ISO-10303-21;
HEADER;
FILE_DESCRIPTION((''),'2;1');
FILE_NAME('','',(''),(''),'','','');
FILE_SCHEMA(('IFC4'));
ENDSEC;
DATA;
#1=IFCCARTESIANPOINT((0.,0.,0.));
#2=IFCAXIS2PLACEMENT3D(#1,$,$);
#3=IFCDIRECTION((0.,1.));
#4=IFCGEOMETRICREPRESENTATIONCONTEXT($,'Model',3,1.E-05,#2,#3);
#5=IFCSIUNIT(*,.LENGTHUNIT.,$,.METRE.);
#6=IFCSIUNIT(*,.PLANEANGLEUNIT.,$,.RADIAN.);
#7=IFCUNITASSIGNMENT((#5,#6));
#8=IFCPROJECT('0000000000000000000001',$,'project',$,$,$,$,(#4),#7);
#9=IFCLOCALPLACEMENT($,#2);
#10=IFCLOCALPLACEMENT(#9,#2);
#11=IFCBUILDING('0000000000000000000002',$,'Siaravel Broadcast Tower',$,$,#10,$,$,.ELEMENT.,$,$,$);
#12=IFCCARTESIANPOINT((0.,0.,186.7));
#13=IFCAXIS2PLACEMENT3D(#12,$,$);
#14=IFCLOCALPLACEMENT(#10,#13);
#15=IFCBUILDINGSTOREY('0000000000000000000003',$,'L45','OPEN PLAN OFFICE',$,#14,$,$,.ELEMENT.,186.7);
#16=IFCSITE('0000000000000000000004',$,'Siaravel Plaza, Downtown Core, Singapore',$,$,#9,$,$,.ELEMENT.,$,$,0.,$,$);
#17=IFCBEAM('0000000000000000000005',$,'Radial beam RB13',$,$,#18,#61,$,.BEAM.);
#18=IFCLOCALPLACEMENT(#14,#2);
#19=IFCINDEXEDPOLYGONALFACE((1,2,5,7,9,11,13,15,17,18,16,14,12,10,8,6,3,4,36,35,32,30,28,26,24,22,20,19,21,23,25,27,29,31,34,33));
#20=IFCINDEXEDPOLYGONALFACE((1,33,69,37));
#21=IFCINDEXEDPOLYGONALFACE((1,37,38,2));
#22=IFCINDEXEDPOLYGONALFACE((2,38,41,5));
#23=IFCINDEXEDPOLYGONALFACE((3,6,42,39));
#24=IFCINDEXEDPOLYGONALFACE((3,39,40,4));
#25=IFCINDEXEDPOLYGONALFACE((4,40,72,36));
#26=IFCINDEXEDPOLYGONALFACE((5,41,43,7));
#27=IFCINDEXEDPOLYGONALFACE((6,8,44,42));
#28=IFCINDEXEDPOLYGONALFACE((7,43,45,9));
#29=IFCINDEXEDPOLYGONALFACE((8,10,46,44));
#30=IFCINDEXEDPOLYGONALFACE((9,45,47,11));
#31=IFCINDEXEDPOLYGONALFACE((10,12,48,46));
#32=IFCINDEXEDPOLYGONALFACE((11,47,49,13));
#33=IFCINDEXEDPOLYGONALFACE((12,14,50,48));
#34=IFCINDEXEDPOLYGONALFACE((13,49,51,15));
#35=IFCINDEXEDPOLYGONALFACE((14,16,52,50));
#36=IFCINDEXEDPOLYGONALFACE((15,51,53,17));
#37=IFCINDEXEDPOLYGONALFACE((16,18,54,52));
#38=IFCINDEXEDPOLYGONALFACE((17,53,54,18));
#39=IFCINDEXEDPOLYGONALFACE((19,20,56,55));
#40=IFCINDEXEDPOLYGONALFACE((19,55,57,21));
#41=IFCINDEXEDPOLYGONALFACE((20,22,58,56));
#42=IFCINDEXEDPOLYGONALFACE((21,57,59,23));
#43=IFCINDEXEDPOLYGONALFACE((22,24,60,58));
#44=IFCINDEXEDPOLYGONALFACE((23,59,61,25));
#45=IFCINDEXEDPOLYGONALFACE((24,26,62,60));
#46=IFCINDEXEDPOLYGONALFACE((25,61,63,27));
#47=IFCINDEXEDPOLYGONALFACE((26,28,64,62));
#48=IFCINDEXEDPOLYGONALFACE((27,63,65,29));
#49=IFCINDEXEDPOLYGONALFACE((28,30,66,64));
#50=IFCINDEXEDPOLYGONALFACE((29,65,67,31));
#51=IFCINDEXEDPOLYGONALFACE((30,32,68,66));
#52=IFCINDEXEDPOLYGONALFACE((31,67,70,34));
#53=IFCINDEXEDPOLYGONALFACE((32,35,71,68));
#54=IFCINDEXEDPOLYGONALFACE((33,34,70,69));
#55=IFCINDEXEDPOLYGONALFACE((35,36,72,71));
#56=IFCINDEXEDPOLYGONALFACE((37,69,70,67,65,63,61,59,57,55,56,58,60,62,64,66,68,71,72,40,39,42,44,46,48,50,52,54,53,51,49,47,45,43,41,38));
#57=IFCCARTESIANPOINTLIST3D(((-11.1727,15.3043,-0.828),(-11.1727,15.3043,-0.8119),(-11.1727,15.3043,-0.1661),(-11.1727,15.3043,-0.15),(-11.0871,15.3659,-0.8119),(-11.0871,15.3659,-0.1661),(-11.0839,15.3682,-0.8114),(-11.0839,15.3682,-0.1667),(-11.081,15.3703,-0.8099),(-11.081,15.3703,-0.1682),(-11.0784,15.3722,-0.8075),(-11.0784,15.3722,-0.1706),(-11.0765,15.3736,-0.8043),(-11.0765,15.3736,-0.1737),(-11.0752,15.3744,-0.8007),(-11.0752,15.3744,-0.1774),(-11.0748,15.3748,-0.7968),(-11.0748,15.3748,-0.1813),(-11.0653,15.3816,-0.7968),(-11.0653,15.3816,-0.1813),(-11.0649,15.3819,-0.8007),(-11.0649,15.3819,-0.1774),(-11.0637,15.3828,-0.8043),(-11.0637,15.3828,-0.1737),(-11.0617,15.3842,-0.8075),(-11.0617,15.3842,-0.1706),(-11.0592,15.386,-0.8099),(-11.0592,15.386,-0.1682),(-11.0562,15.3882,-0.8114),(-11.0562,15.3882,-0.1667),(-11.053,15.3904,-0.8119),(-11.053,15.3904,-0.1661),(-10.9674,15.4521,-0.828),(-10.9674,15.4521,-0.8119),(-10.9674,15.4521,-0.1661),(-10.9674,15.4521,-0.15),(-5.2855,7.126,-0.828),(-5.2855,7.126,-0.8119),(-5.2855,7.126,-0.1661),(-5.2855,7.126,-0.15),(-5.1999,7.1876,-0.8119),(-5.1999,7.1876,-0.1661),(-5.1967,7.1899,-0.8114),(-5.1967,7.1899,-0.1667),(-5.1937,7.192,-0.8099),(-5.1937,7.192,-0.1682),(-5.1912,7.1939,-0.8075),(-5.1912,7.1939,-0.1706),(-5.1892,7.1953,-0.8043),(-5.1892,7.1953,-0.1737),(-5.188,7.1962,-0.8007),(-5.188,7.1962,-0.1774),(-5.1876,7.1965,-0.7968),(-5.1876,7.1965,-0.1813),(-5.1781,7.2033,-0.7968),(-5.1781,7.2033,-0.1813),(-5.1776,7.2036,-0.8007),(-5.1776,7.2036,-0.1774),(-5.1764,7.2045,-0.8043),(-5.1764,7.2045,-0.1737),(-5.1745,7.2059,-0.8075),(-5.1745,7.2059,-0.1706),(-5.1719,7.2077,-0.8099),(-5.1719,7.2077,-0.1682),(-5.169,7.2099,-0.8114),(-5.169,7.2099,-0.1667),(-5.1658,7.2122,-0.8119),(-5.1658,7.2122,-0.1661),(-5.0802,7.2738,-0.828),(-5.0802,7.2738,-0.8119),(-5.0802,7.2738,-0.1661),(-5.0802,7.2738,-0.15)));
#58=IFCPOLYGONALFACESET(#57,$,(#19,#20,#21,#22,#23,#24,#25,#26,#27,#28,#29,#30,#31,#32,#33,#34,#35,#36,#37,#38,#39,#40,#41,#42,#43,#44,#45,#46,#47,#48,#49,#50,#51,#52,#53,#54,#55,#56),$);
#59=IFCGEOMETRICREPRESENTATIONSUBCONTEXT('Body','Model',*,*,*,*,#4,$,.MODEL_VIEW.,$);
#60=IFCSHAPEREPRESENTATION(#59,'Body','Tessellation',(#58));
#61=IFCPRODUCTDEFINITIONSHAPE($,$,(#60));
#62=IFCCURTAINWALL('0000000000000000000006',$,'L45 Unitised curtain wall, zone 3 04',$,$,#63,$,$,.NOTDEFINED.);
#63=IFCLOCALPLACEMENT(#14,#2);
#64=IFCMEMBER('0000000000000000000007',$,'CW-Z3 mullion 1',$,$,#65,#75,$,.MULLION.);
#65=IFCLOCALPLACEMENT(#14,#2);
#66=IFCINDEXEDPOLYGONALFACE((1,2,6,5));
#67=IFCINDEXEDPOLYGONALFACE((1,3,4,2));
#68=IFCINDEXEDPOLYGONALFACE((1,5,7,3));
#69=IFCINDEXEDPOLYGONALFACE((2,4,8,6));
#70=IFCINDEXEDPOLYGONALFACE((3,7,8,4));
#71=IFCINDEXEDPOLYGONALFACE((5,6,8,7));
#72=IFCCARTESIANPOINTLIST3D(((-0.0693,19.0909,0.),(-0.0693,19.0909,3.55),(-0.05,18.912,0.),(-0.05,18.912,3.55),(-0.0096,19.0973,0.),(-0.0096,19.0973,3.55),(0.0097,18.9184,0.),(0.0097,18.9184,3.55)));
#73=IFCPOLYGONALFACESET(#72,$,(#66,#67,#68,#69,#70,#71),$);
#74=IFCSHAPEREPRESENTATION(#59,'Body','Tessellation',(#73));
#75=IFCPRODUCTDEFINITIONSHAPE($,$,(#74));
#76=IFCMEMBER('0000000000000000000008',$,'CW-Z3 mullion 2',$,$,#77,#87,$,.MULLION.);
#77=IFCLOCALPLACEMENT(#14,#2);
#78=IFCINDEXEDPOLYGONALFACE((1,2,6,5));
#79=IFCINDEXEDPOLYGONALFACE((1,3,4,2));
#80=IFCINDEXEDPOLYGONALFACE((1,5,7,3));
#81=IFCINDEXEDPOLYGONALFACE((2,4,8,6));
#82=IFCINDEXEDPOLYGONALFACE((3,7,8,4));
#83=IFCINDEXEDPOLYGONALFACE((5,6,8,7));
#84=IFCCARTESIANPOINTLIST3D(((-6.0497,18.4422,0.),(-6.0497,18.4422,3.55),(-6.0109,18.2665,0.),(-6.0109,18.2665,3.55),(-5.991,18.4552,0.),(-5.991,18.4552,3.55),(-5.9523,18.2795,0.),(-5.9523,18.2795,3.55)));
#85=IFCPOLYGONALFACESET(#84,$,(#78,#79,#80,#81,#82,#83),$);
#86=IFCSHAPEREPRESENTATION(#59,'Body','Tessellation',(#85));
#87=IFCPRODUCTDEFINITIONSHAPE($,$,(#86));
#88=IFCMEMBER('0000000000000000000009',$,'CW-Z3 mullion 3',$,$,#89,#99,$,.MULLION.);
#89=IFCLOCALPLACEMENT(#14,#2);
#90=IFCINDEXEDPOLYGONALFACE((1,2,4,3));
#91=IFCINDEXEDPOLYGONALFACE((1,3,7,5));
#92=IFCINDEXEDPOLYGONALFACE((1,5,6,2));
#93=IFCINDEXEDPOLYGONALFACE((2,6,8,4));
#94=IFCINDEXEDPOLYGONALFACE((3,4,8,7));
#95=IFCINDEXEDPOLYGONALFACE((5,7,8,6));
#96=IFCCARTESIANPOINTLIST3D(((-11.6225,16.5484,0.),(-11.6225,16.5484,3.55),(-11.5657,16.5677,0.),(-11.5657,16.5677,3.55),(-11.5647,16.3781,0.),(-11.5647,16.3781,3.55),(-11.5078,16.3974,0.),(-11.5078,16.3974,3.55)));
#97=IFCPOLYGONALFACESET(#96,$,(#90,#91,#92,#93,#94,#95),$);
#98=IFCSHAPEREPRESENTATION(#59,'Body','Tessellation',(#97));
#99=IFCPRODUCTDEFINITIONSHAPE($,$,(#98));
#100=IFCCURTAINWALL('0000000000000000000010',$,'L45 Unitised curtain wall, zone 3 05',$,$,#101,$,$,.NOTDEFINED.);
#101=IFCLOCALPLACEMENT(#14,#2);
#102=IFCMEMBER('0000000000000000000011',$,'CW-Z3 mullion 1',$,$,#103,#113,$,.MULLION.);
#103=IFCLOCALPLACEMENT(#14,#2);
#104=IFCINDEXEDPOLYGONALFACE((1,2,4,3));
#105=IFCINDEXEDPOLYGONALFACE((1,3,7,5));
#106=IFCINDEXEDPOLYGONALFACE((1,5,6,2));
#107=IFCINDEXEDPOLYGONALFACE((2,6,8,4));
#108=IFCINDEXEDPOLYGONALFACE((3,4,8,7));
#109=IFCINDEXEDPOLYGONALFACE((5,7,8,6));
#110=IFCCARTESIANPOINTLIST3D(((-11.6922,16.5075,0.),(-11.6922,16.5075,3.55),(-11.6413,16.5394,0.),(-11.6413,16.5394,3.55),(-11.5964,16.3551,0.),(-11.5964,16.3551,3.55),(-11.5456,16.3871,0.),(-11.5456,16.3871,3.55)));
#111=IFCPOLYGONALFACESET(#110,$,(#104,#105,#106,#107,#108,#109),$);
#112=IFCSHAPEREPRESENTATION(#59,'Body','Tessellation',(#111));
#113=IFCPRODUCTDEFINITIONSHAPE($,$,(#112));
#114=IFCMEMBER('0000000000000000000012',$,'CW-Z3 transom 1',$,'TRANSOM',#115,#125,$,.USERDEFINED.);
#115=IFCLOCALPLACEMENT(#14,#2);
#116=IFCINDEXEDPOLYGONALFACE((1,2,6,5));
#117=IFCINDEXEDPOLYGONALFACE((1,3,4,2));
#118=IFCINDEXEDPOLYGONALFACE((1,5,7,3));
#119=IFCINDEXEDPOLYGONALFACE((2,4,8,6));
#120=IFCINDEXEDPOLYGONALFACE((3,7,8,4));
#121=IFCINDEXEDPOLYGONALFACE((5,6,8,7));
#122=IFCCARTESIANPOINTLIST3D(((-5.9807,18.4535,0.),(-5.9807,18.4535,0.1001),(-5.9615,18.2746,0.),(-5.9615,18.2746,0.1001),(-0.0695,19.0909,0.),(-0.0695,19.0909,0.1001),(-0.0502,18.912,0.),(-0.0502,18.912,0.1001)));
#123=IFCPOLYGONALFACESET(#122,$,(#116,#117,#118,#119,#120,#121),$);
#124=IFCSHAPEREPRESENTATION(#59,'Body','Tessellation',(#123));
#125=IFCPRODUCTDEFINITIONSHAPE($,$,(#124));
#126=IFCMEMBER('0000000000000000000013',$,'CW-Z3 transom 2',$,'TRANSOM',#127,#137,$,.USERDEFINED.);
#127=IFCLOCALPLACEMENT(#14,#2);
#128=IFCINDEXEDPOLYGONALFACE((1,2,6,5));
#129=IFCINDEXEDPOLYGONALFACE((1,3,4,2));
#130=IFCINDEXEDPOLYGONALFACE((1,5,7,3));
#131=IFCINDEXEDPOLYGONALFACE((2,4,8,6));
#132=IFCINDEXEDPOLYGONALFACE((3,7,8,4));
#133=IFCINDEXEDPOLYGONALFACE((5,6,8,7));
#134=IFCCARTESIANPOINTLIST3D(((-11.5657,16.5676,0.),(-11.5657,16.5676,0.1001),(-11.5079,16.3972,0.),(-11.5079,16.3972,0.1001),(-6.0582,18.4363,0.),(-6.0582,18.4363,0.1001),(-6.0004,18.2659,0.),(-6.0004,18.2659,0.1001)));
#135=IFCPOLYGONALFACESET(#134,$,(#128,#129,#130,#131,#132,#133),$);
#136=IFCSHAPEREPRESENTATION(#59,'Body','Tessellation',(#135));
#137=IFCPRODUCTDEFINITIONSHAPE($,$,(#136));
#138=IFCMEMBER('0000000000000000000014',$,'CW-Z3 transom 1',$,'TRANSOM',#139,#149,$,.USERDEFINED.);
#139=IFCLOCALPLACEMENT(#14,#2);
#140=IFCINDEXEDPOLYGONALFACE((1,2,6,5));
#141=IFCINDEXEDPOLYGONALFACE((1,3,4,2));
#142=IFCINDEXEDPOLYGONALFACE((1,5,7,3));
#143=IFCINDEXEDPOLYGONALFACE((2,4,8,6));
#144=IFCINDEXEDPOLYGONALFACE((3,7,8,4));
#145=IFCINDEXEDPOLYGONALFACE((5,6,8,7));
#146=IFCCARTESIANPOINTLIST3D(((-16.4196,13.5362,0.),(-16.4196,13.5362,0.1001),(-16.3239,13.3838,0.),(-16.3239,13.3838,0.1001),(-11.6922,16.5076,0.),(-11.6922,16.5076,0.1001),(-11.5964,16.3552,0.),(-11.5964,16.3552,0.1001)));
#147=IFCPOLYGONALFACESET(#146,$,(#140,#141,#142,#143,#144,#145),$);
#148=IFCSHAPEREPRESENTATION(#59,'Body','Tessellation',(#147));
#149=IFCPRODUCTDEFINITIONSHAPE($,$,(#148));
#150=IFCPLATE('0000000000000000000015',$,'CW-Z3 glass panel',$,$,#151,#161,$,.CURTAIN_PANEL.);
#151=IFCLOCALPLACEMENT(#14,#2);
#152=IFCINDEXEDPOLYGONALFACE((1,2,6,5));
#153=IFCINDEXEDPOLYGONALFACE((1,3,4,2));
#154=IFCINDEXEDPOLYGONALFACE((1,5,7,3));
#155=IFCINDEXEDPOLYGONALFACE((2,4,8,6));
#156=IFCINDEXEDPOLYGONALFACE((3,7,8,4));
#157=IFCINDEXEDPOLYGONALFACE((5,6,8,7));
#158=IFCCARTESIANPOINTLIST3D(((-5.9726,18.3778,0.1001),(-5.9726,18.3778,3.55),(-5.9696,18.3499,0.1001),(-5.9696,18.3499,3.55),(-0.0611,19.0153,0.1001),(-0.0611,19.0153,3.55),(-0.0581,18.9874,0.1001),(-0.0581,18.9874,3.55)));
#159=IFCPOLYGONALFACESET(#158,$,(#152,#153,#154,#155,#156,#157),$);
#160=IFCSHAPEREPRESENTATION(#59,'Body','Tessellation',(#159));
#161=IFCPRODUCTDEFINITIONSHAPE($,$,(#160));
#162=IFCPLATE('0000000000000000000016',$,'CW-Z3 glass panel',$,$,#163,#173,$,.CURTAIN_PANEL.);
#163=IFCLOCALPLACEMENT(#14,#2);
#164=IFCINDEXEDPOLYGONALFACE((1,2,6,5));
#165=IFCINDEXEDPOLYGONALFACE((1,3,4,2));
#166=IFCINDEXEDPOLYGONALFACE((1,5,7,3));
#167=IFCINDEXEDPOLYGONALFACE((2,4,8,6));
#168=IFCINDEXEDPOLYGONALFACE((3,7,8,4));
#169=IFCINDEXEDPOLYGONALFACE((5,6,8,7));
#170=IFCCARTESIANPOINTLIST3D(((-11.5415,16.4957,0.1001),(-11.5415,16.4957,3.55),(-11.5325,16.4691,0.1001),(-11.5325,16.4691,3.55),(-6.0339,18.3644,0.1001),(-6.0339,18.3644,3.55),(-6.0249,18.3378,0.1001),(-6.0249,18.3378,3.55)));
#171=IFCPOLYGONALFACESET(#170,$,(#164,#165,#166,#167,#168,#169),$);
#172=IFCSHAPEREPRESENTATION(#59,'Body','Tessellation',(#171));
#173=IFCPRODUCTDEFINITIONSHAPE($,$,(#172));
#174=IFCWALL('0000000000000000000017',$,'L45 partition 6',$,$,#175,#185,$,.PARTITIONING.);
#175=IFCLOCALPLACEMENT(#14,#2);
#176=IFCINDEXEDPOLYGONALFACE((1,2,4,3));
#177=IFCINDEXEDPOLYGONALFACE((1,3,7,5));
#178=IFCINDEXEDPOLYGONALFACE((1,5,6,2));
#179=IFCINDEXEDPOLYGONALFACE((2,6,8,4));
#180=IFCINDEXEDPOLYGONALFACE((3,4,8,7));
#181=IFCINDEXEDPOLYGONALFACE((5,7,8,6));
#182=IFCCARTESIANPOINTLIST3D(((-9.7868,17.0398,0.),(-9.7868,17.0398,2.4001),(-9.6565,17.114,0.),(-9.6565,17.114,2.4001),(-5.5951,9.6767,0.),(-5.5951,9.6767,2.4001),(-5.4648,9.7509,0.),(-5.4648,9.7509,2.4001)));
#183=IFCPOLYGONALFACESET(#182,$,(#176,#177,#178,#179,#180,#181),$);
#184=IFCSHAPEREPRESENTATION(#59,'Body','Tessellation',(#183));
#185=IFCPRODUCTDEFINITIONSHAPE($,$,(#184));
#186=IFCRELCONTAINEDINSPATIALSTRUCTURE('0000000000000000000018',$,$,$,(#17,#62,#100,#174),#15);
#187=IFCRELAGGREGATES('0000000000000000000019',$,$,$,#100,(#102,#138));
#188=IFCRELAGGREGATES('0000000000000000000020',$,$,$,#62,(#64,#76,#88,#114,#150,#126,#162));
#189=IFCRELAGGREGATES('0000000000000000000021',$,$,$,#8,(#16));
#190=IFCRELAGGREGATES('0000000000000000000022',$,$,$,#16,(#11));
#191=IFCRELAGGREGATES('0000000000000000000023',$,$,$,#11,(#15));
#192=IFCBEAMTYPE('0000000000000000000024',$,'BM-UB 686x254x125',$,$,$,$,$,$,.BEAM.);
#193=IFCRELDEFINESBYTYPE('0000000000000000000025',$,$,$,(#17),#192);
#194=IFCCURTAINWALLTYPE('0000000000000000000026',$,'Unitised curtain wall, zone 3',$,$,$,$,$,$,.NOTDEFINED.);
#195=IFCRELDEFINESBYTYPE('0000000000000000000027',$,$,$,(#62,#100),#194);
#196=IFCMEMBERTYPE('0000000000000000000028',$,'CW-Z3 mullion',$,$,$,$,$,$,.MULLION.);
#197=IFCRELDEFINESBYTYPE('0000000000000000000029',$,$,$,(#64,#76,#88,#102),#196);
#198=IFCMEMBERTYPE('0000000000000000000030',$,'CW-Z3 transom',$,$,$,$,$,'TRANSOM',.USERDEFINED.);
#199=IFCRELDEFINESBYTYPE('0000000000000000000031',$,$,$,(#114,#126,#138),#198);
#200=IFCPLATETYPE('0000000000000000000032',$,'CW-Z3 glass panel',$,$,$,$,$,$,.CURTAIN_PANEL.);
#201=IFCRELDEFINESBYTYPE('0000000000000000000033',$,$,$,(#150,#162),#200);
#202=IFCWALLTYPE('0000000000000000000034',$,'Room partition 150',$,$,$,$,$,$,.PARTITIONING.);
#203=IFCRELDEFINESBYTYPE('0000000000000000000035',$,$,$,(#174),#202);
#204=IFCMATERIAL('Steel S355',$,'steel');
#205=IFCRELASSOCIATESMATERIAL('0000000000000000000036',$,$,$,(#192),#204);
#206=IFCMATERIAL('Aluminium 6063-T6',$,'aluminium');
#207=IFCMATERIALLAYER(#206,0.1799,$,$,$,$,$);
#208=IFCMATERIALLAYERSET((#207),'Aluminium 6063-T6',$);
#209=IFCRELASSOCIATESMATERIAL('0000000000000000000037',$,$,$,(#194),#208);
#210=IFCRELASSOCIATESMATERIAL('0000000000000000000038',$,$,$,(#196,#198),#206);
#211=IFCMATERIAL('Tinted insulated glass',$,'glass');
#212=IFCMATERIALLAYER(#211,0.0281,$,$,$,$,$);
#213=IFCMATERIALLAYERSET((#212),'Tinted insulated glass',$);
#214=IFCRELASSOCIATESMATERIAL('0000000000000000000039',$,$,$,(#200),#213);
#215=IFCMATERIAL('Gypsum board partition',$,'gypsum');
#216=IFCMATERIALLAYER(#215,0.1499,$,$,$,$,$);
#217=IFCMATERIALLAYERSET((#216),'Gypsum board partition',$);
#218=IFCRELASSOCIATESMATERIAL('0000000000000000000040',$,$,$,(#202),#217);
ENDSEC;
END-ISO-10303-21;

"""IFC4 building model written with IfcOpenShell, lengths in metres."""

from ifc_helpers import new_model, si_unit, direction, frame, frame_2d, origin, origin_2d, place, context, subcontext, project, spatial, rectangle, i_section, extrude, material, layer, layer_set, material_profile, profile_set, type_object, element, aggregate, save


model = new_model("IFC4")

# Units and contexts
model_context = context("Model", 3, precision=1e-05, world=origin(), true_north=direction((0.0, 1.0)))
body_context = subcontext(model_context, "Body", "Model", "MODEL_VIEW")
ifc_project = project(units=[si_unit("LENGTHUNIT", "METRE"), si_unit("PLANEANGLEUNIT", "RADIAN")], contexts=[model_context])

# Site, building, storey
site_placement = place(None, origin())
site = spatial("IfcSite", under=ifc_project, at=site_placement, Name="Siaravel Plaza, Downtown Core, Singapore", CompositionType="ELEMENT", RefElevation=0.0)
building_placement = place(site_placement, origin())
building = spatial("IfcBuilding", under=site, at=building_placement, Name="Siaravel Broadcast Tower", CompositionType="ELEMENT")
storey_placement = place(building_placement, frame((0.0, 0.0, 186.7)))
storey = spatial("IfcBuildingStorey", under=building, at=storey_placement, Name="L45", Description="OPEN PLAN OFFICE", CompositionType="ELEMENT", Elevation=186.7)

# Beam
ifc_material_1 = material(Name="Steel S355", Category="steel")
ifc_material_profile_1 = material_profile(ifc_material_1, i_section(OverallWidth=0.2529, OverallDepth=0.678, WebThickness=0.0117, FlangeThickness=0.0161, FilletRadius=0.0151, at=origin_2d()))
ifc_profile_set_1 = profile_set([ifc_material_profile_1], Name="Steel S355")
beam_type = type_object("IfcBeamType", Name="BM-UB 686x254x125", PredefinedType="BEAM", material=ifc_profile_set_1)
beam_1_placement = place(storey_placement, frame((-11.0701, 15.3782, -0.489), z_axis=(0.584232, -0.811587, 0.0), x_axis=(0.811587, 0.584232, 0.0)))
element("IfcBeam", 1, at=beam_1_placement, inside=storey, type_object=beam_type, Name="Radial beam RB13", PredefinedType="BEAM", context=body_context, shape_type="SweptSolid", body=[
    extrude(i_section(OverallWidth=0.2529, OverallDepth=0.678, WebThickness=0.0117, FlangeThickness=0.0161, FilletRadius=0.0151, at=origin_2d()), origin(), (0.0, 0.0, 1.0), 10.0769),
])

# Curtain wall, members
ifc_material_2 = material(Name="Aluminium 6063-T6", Category="aluminium")
ifc_layer_1 = layer(ifc_material_2, 0.1799)
ifc_layer_set_1 = layer_set([ifc_layer_1], Name="Aluminium 6063-T6")
curtain_wall_type = type_object("IfcCurtainWallType", Name="Unitised curtain wall, zone 3", PredefinedType="NOTDEFINED", material=ifc_layer_set_1)
curtain_wall_1_placement = place(storey_placement, origin())
curtain_wall_1 = element("IfcCurtainWall", 2, at=curtain_wall_1_placement, inside=storey, type_object=curtain_wall_type, Name="L45 Unitised curtain wall, zone 3 04", PredefinedType="NOTDEFINED")
ifc_material_profile_2 = material_profile(ifc_material_2, rectangle(XDim=0.1799, YDim=0.0601, at=origin_2d()))
ifc_profile_set_2 = profile_set([ifc_material_profile_2], Name="Aluminium 6063-T6")
member_type_1 = type_object("IfcMemberType", Name="CW-Z3 mullion", PredefinedType="MULLION", material=ifc_profile_set_2)
member_1_placement = place(storey_placement, frame((-0.0298, 19.0046, 0.0), z_axis=(0.0, 0.0, 1.0), x_axis=(0.107217, -0.994236, 0.0)))
member_1 = element("IfcMember", 3, at=member_1_placement, type_object=member_type_1, Name="CW-Z3 mullion 1", PredefinedType="MULLION", context=body_context, shape_type="SweptSolid", body=[
    extrude(rectangle(XDim=0.1799, YDim=0.0601, at=origin_2d()), origin(), (0.0, 0.0, 1.0), 3.55),
])
member_2_placement = place(storey_placement, frame((-6.001, 18.3608, 0.0), z_axis=(0.0, 0.0, 1.0), x_axis=(0.215558, -0.976491, 0.0)))
member_2 = element("IfcMember", 4, at=member_2_placement, type_object=member_type_1, Name="CW-Z3 mullion 2", PredefinedType="MULLION", context=body_context, shape_type="SweptSolid", body=[
    extrude(rectangle(XDim=0.1799, YDim=0.0601, at=origin_2d()), origin(), (0.0, 0.0, 1.0), 3.55),
])
member_3_placement = place(storey_placement, frame((-11.5652, 16.4729, 0.0), z_axis=(0.0, 0.0, 1.0), x_axis=(0.3213, -0.946977, 0.0)))
member_3 = element("IfcMember", 5, at=member_3_placement, type_object=member_type_1, Name="CW-Z3 mullion 3", PredefinedType="MULLION", context=body_context, shape_type="SweptSolid", body=[
    extrude(rectangle(XDim=0.1799, YDim=0.0601, at=origin_2d()), origin(), (0.0, 0.0, 1.0), 3.55),
])

# Curtain wall, member
curtain_wall_2_placement = place(storey_placement, origin())
curtain_wall_2 = element("IfcCurtainWall", 6, at=curtain_wall_2_placement, inside=storey, type_object=curtain_wall_type, Name="L45 Unitised curtain wall, zone 3 05", PredefinedType="NOTDEFINED")
member_4_placement = place(storey_placement, frame((-11.6189, 16.4473, 0.0), z_axis=(0.0, 0.0, 1.0), x_axis=(0.532149, -0.846651, 0.0)))
member_4 = element("IfcMember", 7, at=member_4_placement, type_object=member_type_1, Name="CW-Z3 mullion 1", PredefinedType="MULLION", context=body_context, shape_type="SweptSolid", body=[
    extrude(rectangle(XDim=0.1799, YDim=0.0601, at=origin_2d()), origin(), (0.0, 0.0, 1.0), 3.55),
])

# Members
ifc_material_profile_3 = material_profile(ifc_material_2, rectangle(XDim=0.1799, YDim=0.1001, at=origin_2d()))
ifc_profile_set_3 = profile_set([ifc_material_profile_3], Name="Aluminium 6063-T6")
member_type_2 = type_object("IfcMemberType", Name="CW-Z3 transom", ElementType="TRANSOM", PredefinedType="USERDEFINED", material=ifc_profile_set_3)
member_5_placement = place(storey_placement, frame((-0.0598, 19.0015, 0.05), z_axis=(-0.994236, -0.107213, 0.0), x_axis=(0.107213, -0.994236, 0.0)))
member_5 = element("IfcMember", 8, at=member_5_placement, type_object=member_type_2, Name="CW-Z3 transom 1", ObjectType="TRANSOM", PredefinedType="USERDEFINED", context=body_context, shape_type="SweptSolid", body=[
    extrude(rectangle(XDim=0.1799, YDim=0.1001, at=origin_2d()), origin(), (0.0, 0.0, 1.0), 5.9456),
])
member_6_placement = place(storey_placement, frame((-6.0293, 18.3511, 0.05), z_axis=(-0.946978, -0.321298, 0.0), x_axis=(0.321298, -0.946978, 0.0)))
member_6 = element("IfcMember", 9, at=member_6_placement, type_object=member_type_2, Name="CW-Z3 transom 2", ObjectType="TRANSOM", PredefinedType="USERDEFINED", context=body_context, shape_type="SweptSolid", body=[
    extrude(rectangle(XDim=0.1799, YDim=0.1001, at=origin_2d()), origin(), (0.0, 0.0, 1.0), 5.8159),
])
member_7_placement = place(storey_placement, frame((-11.6443, 16.4314, 0.05), z_axis=(-0.846649, -0.532151, 0.0), x_axis=(0.532151, -0.846649, 0.0)))
member_7 = element("IfcMember", 10, at=member_7_placement, type_object=member_type_2, Name="CW-Z3 transom 1", ObjectType="TRANSOM", PredefinedType="USERDEFINED", context=body_context, shape_type="SweptSolid", body=[
    extrude(rectangle(XDim=0.1799, YDim=0.1001, at=origin_2d()), origin(), (0.0, 0.0, 1.0), 5.5837),
])
aggregate(curtain_wall_2, [member_4, member_7])

# Plates
ifc_material_3 = material(Name="Tinted insulated glass", Category="glass")
ifc_layer_2 = layer(ifc_material_3, 0.0281)
ifc_layer_set_2 = layer_set([ifc_layer_2], Name="Tinted insulated glass")
plate_type = type_object("IfcPlateType", Name="CW-Z3 glass panel", PredefinedType="CURTAIN_PANEL", material=ifc_layer_set_2)
plate_1_placement = place(storey_placement, frame((-3.0154, 18.6826, 0.1001), z_axis=(0.0, 0.0, 1.0), x_axis=(-0.994236, -0.107217, 0.0)))
plate_1 = element("IfcPlate", 11, at=plate_1_placement, type_object=plate_type, Name="CW-Z3 glass panel", PredefinedType="CURTAIN_PANEL", context=body_context, shape_type="SweptSolid", body=[
    extrude(rectangle(XDim=5.9458, YDim=0.0281, at=origin_2d()), origin(), (0.0, 0.0, 1.0), 3.45),
])
plate_2_placement = place(storey_placement, frame((-8.7832, 17.4167, 0.1001), z_axis=(0.0, 0.0, 1.0), x_axis=(-0.946977, -0.3213, 0.0)))
plate_2 = element("IfcPlate", 12, at=plate_2_placement, type_object=plate_type, Name="CW-Z3 glass panel", PredefinedType="CURTAIN_PANEL", context=body_context, shape_type="SweptSolid", body=[
    extrude(rectangle(XDim=5.8159, YDim=0.0281, at=origin_2d()), origin(), (0.0, 0.0, 1.0), 3.45),
])
aggregate(curtain_wall_1, [member_1, member_2, member_3, member_5, plate_1, member_6, plate_2])

# Wall
ifc_material_4 = material(Name="Gypsum board partition", Category="gypsum")
ifc_layer_3 = layer(ifc_material_4, 0.1499)
ifc_layer_set_3 = layer_set([ifc_layer_3], Name="Gypsum board partition")
wall_type = type_object("IfcWallType", Name="Room partition 150", PredefinedType="PARTITIONING", material=ifc_layer_set_3)
wall_placement = place(storey_placement, frame((-9.7217, 17.0769, 0.0), z_axis=(0.0, 0.0, 1.0), x_axis=(0.494733, -0.869045, 0.0)))
element("IfcWall", 13, at=wall_placement, inside=storey, type_object=wall_type, Name="L45 partition 6", PredefinedType="PARTITIONING", context=body_context, shape_type="SweptSolid", body=[
    extrude(rectangle(XDim=8.4727, YDim=0.1499, at=frame_2d((4.2363, 0.0))), origin(), (0.0, 0.0, 1.0), 2.4001),
])

save(model, "model.ifc")
